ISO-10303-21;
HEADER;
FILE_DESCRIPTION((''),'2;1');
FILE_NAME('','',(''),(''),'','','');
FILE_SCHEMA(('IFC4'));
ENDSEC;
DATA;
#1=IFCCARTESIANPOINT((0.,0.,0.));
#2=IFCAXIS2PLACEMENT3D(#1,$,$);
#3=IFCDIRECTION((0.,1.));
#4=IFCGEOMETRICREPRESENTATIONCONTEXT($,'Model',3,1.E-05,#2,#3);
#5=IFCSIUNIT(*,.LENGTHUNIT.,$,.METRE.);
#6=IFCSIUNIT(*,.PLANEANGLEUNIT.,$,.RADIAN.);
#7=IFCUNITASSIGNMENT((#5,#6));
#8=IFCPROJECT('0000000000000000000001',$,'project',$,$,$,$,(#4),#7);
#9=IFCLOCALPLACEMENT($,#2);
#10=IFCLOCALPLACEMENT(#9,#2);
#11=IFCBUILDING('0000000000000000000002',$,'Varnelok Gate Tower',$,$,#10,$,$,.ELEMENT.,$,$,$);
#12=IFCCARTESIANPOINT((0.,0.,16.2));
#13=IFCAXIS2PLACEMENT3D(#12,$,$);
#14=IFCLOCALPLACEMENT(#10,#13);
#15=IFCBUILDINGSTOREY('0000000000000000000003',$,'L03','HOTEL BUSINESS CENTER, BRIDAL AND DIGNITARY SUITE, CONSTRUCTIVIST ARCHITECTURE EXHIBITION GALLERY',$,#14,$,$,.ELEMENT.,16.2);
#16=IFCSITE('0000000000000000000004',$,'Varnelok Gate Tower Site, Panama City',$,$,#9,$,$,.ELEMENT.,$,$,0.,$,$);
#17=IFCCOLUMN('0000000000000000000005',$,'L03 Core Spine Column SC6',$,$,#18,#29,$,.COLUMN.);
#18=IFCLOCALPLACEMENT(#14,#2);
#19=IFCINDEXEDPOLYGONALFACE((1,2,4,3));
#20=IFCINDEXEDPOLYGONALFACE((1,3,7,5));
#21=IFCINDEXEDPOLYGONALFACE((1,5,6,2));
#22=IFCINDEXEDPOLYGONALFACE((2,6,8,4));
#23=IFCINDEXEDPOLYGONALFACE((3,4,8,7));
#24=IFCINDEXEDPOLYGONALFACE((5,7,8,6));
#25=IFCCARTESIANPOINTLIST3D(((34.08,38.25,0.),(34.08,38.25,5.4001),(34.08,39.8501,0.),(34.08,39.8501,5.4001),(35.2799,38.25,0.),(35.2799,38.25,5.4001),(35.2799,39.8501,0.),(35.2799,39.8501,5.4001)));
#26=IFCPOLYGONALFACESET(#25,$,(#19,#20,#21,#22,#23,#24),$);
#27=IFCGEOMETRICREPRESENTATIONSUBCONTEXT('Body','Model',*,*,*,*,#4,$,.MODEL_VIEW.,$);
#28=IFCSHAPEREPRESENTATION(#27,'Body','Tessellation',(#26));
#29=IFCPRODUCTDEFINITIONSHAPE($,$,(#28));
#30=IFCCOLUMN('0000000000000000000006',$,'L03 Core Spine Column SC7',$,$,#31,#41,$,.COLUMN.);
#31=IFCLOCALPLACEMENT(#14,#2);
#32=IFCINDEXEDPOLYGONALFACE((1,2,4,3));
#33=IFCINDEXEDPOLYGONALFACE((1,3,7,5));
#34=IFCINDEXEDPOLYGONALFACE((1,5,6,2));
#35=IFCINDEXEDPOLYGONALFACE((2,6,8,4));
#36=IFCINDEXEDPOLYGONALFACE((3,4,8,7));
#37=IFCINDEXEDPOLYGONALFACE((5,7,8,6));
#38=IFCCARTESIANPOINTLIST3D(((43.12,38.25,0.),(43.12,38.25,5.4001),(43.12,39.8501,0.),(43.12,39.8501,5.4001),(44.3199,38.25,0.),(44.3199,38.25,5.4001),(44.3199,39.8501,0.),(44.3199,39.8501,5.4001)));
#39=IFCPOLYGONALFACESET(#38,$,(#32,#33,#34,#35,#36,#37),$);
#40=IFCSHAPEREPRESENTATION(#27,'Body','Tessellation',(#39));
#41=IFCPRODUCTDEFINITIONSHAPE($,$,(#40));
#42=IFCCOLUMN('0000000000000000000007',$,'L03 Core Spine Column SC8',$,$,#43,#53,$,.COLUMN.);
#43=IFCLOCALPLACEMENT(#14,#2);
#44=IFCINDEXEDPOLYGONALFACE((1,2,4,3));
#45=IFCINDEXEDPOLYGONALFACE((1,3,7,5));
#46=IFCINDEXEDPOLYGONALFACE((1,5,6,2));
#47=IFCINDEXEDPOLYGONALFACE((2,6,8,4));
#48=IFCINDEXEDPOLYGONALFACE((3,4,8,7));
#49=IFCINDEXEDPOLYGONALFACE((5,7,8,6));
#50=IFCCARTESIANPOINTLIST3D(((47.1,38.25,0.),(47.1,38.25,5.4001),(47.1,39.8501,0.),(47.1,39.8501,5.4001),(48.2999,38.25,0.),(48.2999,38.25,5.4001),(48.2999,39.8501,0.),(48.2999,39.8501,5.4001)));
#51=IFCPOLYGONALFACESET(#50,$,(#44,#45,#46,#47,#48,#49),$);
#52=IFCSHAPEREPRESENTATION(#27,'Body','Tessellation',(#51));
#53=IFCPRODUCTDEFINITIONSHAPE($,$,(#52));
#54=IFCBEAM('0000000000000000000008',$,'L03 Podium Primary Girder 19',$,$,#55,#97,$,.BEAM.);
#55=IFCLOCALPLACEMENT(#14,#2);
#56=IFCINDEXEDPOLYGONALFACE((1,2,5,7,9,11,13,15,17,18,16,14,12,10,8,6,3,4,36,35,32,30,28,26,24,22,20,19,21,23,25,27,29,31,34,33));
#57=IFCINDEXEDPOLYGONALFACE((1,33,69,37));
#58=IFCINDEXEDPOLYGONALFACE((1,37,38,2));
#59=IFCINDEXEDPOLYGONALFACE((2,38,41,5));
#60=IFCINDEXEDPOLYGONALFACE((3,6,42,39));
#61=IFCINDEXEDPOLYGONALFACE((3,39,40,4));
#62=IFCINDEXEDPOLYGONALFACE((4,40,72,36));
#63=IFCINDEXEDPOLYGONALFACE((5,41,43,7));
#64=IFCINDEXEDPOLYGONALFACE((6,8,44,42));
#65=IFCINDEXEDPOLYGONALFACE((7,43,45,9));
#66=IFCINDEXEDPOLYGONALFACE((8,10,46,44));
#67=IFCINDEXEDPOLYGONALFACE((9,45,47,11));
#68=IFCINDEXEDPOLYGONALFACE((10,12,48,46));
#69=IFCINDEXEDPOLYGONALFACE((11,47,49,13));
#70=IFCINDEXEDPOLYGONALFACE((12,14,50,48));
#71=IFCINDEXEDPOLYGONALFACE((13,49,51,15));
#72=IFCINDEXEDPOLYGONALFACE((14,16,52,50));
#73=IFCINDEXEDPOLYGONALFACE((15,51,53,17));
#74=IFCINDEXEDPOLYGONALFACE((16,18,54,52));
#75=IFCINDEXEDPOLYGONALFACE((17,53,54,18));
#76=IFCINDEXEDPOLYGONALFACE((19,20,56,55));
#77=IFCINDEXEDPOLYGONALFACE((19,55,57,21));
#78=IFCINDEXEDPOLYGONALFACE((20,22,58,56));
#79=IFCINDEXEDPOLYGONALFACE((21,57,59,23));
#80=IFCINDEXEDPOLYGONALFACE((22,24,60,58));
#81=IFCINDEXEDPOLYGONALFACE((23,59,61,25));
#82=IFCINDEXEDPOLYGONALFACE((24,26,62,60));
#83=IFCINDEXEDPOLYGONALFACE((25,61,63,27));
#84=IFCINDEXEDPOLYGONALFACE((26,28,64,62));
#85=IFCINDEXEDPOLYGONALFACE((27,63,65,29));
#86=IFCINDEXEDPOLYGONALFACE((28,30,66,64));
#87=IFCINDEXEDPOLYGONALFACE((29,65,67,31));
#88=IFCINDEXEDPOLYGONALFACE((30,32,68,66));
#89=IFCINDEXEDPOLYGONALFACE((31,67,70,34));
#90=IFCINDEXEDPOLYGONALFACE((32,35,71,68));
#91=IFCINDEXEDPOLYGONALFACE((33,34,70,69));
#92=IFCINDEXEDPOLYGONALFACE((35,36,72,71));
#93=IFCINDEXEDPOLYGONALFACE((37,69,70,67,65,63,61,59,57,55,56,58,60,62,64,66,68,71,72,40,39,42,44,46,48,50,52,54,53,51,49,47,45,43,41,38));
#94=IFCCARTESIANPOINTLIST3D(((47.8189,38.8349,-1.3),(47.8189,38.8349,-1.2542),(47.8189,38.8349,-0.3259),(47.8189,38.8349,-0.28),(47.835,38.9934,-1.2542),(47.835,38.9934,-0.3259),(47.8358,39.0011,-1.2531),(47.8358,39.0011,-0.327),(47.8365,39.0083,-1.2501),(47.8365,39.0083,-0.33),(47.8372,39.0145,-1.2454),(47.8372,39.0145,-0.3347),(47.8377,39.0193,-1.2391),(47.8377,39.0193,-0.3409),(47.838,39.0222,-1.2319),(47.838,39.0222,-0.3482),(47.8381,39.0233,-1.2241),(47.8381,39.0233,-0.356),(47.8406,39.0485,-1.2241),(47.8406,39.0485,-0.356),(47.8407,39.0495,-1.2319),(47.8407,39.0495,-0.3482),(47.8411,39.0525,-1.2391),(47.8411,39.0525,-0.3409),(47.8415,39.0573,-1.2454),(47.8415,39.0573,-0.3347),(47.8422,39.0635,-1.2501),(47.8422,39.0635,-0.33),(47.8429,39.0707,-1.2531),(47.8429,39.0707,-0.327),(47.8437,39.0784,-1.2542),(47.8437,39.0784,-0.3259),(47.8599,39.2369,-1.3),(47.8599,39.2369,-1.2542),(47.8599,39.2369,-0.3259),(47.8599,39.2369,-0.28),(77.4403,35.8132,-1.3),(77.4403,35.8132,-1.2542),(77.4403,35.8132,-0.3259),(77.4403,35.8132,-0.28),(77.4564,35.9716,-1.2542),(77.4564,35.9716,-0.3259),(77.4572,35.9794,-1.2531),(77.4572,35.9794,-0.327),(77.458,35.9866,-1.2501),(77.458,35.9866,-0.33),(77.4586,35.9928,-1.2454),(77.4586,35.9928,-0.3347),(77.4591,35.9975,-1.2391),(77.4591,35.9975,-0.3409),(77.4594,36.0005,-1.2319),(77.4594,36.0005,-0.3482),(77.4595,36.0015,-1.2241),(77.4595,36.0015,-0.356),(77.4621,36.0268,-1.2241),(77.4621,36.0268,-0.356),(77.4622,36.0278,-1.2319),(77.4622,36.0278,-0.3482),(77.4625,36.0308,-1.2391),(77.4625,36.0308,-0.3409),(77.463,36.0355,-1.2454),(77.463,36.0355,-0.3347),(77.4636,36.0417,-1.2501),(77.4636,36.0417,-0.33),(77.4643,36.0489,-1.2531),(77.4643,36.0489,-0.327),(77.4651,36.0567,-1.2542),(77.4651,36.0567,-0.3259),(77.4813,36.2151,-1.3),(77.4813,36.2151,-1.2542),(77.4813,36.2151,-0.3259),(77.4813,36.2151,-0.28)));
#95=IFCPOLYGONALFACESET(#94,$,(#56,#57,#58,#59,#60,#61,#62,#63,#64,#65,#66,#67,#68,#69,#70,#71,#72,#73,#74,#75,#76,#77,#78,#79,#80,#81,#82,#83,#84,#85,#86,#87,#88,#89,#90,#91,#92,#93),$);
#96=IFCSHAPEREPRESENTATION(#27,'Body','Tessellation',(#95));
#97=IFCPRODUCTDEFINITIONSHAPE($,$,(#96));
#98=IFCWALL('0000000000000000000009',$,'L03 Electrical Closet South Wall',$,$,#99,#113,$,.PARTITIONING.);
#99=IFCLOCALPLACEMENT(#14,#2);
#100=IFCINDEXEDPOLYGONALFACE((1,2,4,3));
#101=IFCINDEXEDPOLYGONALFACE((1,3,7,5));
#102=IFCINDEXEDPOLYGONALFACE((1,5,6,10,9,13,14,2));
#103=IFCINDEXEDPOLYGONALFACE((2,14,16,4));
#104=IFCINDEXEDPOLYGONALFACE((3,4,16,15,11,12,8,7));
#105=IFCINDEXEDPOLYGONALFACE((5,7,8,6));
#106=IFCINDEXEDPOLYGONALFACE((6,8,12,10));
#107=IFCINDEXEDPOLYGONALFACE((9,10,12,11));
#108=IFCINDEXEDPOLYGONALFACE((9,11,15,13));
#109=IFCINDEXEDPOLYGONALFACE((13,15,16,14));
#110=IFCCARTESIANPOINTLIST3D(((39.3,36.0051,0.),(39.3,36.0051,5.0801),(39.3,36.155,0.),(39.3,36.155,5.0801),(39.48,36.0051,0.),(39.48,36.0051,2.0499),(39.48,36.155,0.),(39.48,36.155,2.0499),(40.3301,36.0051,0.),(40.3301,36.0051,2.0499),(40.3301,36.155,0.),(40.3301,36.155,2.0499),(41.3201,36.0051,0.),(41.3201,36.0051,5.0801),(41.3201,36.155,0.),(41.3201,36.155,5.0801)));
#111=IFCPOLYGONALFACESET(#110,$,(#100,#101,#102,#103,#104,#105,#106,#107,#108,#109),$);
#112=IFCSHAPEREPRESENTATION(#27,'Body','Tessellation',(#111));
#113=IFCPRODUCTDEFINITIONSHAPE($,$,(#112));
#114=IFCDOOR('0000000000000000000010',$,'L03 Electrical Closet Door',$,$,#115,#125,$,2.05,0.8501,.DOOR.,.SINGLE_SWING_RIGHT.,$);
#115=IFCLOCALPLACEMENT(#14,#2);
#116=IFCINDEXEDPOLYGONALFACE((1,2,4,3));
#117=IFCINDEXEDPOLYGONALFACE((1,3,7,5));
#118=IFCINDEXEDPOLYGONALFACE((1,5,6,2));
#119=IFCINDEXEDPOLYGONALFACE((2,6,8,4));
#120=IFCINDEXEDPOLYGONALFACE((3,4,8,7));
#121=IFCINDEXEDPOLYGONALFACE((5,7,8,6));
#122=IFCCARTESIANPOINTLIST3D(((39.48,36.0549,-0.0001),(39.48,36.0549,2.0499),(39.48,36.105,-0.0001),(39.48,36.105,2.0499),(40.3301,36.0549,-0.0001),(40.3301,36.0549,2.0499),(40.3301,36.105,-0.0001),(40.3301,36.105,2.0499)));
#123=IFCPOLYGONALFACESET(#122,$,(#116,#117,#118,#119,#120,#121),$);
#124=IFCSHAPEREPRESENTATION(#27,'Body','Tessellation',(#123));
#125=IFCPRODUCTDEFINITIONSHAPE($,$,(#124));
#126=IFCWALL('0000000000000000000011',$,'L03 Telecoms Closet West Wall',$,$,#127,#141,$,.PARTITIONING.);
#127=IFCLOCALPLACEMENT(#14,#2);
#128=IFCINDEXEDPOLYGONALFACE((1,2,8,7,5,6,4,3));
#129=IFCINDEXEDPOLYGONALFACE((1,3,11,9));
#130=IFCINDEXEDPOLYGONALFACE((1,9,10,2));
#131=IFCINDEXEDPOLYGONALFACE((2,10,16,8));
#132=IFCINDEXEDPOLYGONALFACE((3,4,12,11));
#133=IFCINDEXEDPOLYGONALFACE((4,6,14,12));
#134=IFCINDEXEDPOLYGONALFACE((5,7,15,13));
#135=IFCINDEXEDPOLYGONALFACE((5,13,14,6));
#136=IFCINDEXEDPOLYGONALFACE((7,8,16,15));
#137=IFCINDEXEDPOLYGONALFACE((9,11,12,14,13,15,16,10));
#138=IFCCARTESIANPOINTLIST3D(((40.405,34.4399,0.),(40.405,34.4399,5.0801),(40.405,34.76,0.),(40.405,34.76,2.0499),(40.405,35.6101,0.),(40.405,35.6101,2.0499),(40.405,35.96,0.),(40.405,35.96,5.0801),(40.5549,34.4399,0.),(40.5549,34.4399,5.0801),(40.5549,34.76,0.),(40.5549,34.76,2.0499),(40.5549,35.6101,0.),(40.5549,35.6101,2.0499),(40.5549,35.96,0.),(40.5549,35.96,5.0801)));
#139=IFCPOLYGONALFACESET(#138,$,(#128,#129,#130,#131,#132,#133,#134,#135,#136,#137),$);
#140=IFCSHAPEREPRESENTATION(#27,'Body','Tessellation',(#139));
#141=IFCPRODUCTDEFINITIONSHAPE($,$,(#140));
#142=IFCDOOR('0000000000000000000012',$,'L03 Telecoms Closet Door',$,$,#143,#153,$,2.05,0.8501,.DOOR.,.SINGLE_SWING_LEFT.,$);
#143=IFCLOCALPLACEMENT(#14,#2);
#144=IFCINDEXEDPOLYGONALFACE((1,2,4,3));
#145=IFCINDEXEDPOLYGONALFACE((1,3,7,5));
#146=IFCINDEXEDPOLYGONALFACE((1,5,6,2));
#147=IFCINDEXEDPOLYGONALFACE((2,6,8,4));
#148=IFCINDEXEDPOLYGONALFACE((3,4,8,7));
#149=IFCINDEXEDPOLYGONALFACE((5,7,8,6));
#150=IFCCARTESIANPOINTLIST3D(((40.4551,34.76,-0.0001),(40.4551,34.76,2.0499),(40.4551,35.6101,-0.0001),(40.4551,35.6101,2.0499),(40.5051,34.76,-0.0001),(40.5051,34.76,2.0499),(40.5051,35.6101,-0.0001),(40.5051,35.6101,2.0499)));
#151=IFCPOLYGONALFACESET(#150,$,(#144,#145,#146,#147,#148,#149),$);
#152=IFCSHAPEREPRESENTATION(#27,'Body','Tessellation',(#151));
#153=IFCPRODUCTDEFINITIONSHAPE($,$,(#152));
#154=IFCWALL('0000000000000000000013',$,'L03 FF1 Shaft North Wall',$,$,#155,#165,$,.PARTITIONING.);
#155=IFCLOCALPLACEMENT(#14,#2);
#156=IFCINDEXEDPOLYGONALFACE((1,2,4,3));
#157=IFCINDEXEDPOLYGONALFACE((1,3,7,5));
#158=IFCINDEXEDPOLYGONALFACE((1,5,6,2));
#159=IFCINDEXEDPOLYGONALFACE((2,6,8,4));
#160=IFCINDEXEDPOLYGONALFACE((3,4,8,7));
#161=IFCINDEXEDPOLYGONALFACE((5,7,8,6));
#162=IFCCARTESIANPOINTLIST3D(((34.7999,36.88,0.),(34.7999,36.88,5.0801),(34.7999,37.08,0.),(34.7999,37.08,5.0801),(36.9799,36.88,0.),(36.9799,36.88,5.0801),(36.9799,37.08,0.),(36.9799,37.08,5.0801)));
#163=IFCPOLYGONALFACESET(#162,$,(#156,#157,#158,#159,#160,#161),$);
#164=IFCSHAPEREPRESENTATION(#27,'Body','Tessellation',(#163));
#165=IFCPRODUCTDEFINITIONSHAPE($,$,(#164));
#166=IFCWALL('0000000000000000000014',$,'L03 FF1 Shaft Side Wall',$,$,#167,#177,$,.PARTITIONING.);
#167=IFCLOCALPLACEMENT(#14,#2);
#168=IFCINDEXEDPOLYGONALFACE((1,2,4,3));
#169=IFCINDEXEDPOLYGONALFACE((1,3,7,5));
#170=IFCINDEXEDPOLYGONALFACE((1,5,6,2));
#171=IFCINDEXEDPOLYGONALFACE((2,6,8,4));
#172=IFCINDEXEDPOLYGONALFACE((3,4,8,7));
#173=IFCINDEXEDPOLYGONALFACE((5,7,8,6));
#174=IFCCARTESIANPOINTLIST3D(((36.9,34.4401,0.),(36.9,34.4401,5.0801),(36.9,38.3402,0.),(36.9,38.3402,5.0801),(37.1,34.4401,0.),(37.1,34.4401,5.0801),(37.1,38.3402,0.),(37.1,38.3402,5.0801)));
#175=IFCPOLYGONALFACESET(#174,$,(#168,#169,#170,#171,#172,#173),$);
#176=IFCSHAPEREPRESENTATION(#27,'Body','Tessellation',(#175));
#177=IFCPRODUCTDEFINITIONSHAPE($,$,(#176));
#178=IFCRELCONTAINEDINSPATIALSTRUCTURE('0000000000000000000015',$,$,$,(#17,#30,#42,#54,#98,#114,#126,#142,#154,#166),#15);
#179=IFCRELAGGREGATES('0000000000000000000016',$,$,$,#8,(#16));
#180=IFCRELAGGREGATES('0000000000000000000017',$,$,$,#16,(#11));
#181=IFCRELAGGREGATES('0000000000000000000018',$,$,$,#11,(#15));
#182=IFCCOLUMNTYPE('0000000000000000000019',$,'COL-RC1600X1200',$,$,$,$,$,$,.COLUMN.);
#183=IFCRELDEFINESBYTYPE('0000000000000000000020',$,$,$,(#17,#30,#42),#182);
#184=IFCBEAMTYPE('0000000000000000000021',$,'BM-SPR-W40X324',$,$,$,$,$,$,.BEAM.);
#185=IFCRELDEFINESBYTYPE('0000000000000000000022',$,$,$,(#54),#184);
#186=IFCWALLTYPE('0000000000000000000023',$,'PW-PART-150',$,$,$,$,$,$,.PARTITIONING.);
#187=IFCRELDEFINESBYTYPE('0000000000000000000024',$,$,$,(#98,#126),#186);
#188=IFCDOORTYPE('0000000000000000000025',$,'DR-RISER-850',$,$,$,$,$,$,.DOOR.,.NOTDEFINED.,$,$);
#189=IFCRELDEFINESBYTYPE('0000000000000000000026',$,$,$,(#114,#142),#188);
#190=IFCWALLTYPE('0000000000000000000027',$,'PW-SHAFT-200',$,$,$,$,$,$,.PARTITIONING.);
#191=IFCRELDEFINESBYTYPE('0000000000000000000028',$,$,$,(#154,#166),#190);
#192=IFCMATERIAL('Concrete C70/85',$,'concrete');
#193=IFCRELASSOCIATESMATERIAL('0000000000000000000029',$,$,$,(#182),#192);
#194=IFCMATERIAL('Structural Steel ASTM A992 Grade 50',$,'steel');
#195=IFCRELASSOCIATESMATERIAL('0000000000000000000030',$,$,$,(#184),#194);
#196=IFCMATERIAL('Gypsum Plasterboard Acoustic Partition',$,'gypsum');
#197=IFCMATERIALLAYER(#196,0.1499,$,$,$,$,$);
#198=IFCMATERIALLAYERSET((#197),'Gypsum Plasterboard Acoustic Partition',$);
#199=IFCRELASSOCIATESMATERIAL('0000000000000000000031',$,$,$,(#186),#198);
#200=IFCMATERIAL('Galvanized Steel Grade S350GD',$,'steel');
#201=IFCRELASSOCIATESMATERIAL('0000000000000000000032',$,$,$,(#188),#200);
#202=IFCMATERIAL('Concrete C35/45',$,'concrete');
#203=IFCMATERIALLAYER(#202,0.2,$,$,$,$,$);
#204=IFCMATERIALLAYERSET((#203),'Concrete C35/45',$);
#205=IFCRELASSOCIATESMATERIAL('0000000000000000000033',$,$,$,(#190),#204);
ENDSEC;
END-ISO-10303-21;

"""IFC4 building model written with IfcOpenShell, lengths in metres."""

from ifc_helpers import new_model, si_unit, direction, frame, frame_2d, origin, origin_2d, place, context, subcontext, project, spatial, rectangle, i_section, extrude, material, layer, layer_set, material_profile, profile_set, type_object, element, fill, save


model = new_model("IFC4")

# Units and contexts
model_context = context("Model", 3, precision=1e-05, world=origin(), true_north=direction((0.0, 1.0)))
body_context = subcontext(model_context, "Body", "Model", "MODEL_VIEW")
ifc_project = project(units=[si_unit("LENGTHUNIT", "METRE"), si_unit("PLANEANGLEUNIT", "RADIAN")], contexts=[model_context])

# Site, building, storey
site_placement = place(None, origin())
site = spatial("IfcSite", under=ifc_project, at=site_placement, Name="Varnelok Gate Tower Site, Panama City", CompositionType="ELEMENT", RefElevation=0.0)
building_placement = place(site_placement, origin())
building = spatial("IfcBuilding", under=site, at=building_placement, Name="Varnelok Gate Tower", CompositionType="ELEMENT")
storey_placement = place(building_placement, frame((0.0, 0.0, 16.2)))
storey = spatial("IfcBuildingStorey", under=building, at=storey_placement, Name="L03", Description="HOTEL BUSINESS CENTER, BRIDAL AND DIGNITARY SUITE, CONSTRUCTIVIST ARCHITECTURE EXHIBITION GALLERY", CompositionType="ELEMENT", Elevation=16.2)

# Columns
ifc_material_1 = material(Name="Concrete C70/85", Category="concrete")
ifc_material_profile_1 = material_profile(ifc_material_1, rectangle(XDim=1.2, YDim=1.6001, at=origin_2d()), Name="RC1600X1200")
ifc_profile_set_1 = profile_set([ifc_material_profile_1], Name="Concrete C70/85")
column_type = type_object("IfcColumnType", Name="COL-RC1600X1200", PredefinedType="COLUMN", material=ifc_profile_set_1)
for number, where, z_axis, x_axis, name in (
    (1, (34.6799, 39.05, 0.0), (0.0, 0.0, 1.0), (1.0, 0.0, 0.0), "L03 Core Spine Column SC6"),
    (2, (43.72, 39.05, 0.0), (0.0, 0.0, 1.0), (1.0, 0.0, 0.0), "L03 Core Spine Column SC7"),
    (3, (47.7, 39.05, 0.0), (0.0, 0.0, 1.0), (1.0, 0.0, 0.0), "L03 Core Spine Column SC8"),
):
    element("IfcColumn", number, at=place(storey_placement, frame(where, z_axis=z_axis, x_axis=x_axis)), inside=storey, type_object=column_type, Name=name, PredefinedType="COLUMN", context=body_context, shape_type="SweptSolid", body=[
        extrude(rectangle(XDim=1.2, YDim=1.6001, at=origin_2d()), origin(), (0.0, 0.0, 1.0), 5.4001),
    ])

# Beam
ifc_material_2 = material(Name="Structural Steel ASTM A992 Grade 50", Category="steel")
ifc_material_profile_2 = material_profile(ifc_material_2, i_section(OverallWidth=0.4041, OverallDepth=1.02, WebThickness=0.0254, FlangeThickness=0.0459, FilletRadius=0.03, at=origin_2d()), Name="W40X324")
ifc_profile_set_2 = profile_set([ifc_material_profile_2], Name="Structural Steel ASTM A992 Grade 50")
beam_type = type_object("IfcBeamType", Name="BM-SPR-W40X324", PredefinedType="BEAM", material=ifc_profile_set_2)
beam_placement = place(storey_placement, frame((47.8394, 39.0359, -0.79), z_axis=(0.994837, -0.101485, 0.0), x_axis=(0.101485, 0.994837, 0.0)))
element("IfcBeam", 4, at=beam_placement, inside=storey, type_object=beam_type, Name="L03 Podium Primary Girder 19", PredefinedType="BEAM", context=body_context, shape_type="SweptSolid", body=[
    extrude(i_section(OverallWidth=0.4041, OverallDepth=1.02, WebThickness=0.0254, FlangeThickness=0.0459, FilletRadius=0.03, at=origin_2d()), origin(), (0.0, 0.0, 1.0), 29.7751),
])

# Walls, openings, doors
ifc_material_3 = material(Name="Gypsum Plasterboard Acoustic Partition", Category="gypsum")
ifc_layer_1 = layer(ifc_material_3, 0.1499)
ifc_layer_set_1 = layer_set([ifc_layer_1], Name="Gypsum Plasterboard Acoustic Partition")
wall_type_1 = type_object("IfcWallType", Name="PW-PART-150", PredefinedType="PARTITIONING", material=ifc_layer_set_1)
wall_1_placement = place(storey_placement, frame((39.3, 36.0801, 0.0), z_axis=(0.0, 0.0, 1.0), x_axis=(1.0, 0.0, 0.0)))
wall_1 = element("IfcWall", 5, at=wall_1_placement, inside=storey, type_object=wall_type_1, Name="L03 Electrical Closet South Wall", PredefinedType="PARTITIONING", context=body_context, shape_type="SweptSolid", body=[
    extrude(rectangle(XDim=2.02, YDim=0.1499, at=frame_2d((1.01, 0.0))), origin(), (0.0, 0.0, 1.0), 5.0801),
])
opening_1_placement = place(wall_1_placement, frame((0.1799, 0.0, 0.0)))
opening_1 = element("IfcOpeningElement", 6, at=opening_1_placement, cuts=wall_1, PredefinedType="OPENING", context=body_context, shape_type="SweptSolid", body=[
    extrude(rectangle(XDim=0.8501, YDim=2.05, at=frame_2d((0.425, 1.0249))), frame((0.0, 0.085, 0.0), z_axis=(0.0, -1.0, 0.0), x_axis=(1.0, 0.0, 0.0)), (0.0, 0.0, 1.0), 0.1699),
])
ifc_material_4 = material(Name="Galvanized Steel Grade S350GD", Category="steel")
door_type_1 = type_object("IfcDoorType", Name="DR-RISER-850", OperationType="NOTDEFINED", PredefinedType="DOOR", material=ifc_material_4)
door_1_placement = place(opening_1_placement, origin())
door_1 = element("IfcDoor", 7, at=door_1_placement, inside=storey, type_object=door_type_1, Name="L03 Electrical Closet Door", OperationType="SINGLE_SWING_RIGHT", OverallHeight=2.05, OverallWidth=0.8501, PredefinedType="DOOR", context=body_context, shape_type="SweptSolid", body=[
    extrude(rectangle(XDim=0.8501, YDim=2.05, at=frame_2d((0.425, 1.0249))), frame((0.0, 0.0249, 0.0), z_axis=(0.0, -1.0, 0.0), x_axis=(1.0, 0.0, 0.0)), (0.0, 0.0, 1.0), 0.05),
])
fill(opening_1, door_1)
wall_2_placement = place(storey_placement, frame((40.48, 34.4399, 0.0), z_axis=(0.0, 0.0, 1.0), x_axis=(0.0, 1.0, 0.0)))
wall_2 = element("IfcWall", 8, at=wall_2_placement, inside=storey, type_object=wall_type_1, Name="L03 Telecoms Closet West Wall", PredefinedType="PARTITIONING", context=body_context, shape_type="SweptSolid", body=[
    extrude(rectangle(XDim=1.52, YDim=0.1499, at=frame_2d((0.76, 0.0))), origin(), (0.0, 0.0, 1.0), 5.0801),
])
opening_2_placement = place(wall_2_placement, frame((0.3201, 0.0, 0.0)))
opening_2 = element("IfcOpeningElement", 9, at=opening_2_placement, cuts=wall_2, PredefinedType="OPENING", context=body_context, shape_type="SweptSolid", body=[
    extrude(rectangle(XDim=0.8501, YDim=2.05, at=frame_2d((0.425, 1.0249))), frame((0.0, 0.085, 0.0), z_axis=(0.0, -1.0, 0.0), x_axis=(1.0, 0.0, 0.0)), (0.0, 0.0, 1.0), 0.1699),
])
door_2_placement = place(opening_2_placement, origin())
door_2 = element("IfcDoor", 10, at=door_2_placement, inside=storey, type_object=door_type_1, Name="L03 Telecoms Closet Door", OperationType="SINGLE_SWING_LEFT", OverallHeight=2.05, OverallWidth=0.8501, PredefinedType="DOOR", context=body_context, shape_type="SweptSolid", body=[
    extrude(rectangle(XDim=0.8501, YDim=2.05, at=frame_2d((0.425, 1.0249))), frame((0.0, 0.0249, 0.0), z_axis=(0.0, -1.0, 0.0), x_axis=(1.0, 0.0, 0.0)), (0.0, 0.0, 1.0), 0.05),
])
fill(opening_2, door_2)

# Walls
ifc_material_5 = material(Name="Concrete C35/45", Category="concrete")
ifc_layer_2 = layer(ifc_material_5, 0.2)
ifc_layer_set_2 = layer_set([ifc_layer_2], Name="Concrete C35/45")
wall_type_2 = type_object("IfcWallType", Name="PW-SHAFT-200", PredefinedType="PARTITIONING", material=ifc_layer_set_2)
wall_3_placement = place(storey_placement, frame((34.8, 36.98, 0.0), z_axis=(0.0, 0.0, 1.0), x_axis=(1.0, 0.0, 0.0)))
element("IfcWall", 11, at=wall_3_placement, inside=storey, type_object=wall_type_2, Name="L03 FF1 Shaft North Wall", PredefinedType="PARTITIONING", context=body_context, shape_type="SweptSolid", body=[
    extrude(rectangle(XDim=2.1799, YDim=0.2, at=frame_2d((1.0898, 0.0))), origin(), (0.0, 0.0, 1.0), 5.0801),
])
wall_4_placement = place(storey_placement, frame((37.0, 34.4399, 0.0), z_axis=(0.0, 0.0, 1.0), x_axis=(0.0, 1.0, 0.0)))
element("IfcWall", 12, at=wall_4_placement, inside=storey, type_object=wall_type_2, Name="L03 FF1 Shaft Side Wall", PredefinedType="PARTITIONING", context=body_context, shape_type="SweptSolid", body=[
    extrude(rectangle(XDim=3.9001, YDim=0.2, at=frame_2d((1.9502, 0.0))), origin(), (0.0, 0.0, 1.0), 5.0801),
])

save(model, "model.ifc")
